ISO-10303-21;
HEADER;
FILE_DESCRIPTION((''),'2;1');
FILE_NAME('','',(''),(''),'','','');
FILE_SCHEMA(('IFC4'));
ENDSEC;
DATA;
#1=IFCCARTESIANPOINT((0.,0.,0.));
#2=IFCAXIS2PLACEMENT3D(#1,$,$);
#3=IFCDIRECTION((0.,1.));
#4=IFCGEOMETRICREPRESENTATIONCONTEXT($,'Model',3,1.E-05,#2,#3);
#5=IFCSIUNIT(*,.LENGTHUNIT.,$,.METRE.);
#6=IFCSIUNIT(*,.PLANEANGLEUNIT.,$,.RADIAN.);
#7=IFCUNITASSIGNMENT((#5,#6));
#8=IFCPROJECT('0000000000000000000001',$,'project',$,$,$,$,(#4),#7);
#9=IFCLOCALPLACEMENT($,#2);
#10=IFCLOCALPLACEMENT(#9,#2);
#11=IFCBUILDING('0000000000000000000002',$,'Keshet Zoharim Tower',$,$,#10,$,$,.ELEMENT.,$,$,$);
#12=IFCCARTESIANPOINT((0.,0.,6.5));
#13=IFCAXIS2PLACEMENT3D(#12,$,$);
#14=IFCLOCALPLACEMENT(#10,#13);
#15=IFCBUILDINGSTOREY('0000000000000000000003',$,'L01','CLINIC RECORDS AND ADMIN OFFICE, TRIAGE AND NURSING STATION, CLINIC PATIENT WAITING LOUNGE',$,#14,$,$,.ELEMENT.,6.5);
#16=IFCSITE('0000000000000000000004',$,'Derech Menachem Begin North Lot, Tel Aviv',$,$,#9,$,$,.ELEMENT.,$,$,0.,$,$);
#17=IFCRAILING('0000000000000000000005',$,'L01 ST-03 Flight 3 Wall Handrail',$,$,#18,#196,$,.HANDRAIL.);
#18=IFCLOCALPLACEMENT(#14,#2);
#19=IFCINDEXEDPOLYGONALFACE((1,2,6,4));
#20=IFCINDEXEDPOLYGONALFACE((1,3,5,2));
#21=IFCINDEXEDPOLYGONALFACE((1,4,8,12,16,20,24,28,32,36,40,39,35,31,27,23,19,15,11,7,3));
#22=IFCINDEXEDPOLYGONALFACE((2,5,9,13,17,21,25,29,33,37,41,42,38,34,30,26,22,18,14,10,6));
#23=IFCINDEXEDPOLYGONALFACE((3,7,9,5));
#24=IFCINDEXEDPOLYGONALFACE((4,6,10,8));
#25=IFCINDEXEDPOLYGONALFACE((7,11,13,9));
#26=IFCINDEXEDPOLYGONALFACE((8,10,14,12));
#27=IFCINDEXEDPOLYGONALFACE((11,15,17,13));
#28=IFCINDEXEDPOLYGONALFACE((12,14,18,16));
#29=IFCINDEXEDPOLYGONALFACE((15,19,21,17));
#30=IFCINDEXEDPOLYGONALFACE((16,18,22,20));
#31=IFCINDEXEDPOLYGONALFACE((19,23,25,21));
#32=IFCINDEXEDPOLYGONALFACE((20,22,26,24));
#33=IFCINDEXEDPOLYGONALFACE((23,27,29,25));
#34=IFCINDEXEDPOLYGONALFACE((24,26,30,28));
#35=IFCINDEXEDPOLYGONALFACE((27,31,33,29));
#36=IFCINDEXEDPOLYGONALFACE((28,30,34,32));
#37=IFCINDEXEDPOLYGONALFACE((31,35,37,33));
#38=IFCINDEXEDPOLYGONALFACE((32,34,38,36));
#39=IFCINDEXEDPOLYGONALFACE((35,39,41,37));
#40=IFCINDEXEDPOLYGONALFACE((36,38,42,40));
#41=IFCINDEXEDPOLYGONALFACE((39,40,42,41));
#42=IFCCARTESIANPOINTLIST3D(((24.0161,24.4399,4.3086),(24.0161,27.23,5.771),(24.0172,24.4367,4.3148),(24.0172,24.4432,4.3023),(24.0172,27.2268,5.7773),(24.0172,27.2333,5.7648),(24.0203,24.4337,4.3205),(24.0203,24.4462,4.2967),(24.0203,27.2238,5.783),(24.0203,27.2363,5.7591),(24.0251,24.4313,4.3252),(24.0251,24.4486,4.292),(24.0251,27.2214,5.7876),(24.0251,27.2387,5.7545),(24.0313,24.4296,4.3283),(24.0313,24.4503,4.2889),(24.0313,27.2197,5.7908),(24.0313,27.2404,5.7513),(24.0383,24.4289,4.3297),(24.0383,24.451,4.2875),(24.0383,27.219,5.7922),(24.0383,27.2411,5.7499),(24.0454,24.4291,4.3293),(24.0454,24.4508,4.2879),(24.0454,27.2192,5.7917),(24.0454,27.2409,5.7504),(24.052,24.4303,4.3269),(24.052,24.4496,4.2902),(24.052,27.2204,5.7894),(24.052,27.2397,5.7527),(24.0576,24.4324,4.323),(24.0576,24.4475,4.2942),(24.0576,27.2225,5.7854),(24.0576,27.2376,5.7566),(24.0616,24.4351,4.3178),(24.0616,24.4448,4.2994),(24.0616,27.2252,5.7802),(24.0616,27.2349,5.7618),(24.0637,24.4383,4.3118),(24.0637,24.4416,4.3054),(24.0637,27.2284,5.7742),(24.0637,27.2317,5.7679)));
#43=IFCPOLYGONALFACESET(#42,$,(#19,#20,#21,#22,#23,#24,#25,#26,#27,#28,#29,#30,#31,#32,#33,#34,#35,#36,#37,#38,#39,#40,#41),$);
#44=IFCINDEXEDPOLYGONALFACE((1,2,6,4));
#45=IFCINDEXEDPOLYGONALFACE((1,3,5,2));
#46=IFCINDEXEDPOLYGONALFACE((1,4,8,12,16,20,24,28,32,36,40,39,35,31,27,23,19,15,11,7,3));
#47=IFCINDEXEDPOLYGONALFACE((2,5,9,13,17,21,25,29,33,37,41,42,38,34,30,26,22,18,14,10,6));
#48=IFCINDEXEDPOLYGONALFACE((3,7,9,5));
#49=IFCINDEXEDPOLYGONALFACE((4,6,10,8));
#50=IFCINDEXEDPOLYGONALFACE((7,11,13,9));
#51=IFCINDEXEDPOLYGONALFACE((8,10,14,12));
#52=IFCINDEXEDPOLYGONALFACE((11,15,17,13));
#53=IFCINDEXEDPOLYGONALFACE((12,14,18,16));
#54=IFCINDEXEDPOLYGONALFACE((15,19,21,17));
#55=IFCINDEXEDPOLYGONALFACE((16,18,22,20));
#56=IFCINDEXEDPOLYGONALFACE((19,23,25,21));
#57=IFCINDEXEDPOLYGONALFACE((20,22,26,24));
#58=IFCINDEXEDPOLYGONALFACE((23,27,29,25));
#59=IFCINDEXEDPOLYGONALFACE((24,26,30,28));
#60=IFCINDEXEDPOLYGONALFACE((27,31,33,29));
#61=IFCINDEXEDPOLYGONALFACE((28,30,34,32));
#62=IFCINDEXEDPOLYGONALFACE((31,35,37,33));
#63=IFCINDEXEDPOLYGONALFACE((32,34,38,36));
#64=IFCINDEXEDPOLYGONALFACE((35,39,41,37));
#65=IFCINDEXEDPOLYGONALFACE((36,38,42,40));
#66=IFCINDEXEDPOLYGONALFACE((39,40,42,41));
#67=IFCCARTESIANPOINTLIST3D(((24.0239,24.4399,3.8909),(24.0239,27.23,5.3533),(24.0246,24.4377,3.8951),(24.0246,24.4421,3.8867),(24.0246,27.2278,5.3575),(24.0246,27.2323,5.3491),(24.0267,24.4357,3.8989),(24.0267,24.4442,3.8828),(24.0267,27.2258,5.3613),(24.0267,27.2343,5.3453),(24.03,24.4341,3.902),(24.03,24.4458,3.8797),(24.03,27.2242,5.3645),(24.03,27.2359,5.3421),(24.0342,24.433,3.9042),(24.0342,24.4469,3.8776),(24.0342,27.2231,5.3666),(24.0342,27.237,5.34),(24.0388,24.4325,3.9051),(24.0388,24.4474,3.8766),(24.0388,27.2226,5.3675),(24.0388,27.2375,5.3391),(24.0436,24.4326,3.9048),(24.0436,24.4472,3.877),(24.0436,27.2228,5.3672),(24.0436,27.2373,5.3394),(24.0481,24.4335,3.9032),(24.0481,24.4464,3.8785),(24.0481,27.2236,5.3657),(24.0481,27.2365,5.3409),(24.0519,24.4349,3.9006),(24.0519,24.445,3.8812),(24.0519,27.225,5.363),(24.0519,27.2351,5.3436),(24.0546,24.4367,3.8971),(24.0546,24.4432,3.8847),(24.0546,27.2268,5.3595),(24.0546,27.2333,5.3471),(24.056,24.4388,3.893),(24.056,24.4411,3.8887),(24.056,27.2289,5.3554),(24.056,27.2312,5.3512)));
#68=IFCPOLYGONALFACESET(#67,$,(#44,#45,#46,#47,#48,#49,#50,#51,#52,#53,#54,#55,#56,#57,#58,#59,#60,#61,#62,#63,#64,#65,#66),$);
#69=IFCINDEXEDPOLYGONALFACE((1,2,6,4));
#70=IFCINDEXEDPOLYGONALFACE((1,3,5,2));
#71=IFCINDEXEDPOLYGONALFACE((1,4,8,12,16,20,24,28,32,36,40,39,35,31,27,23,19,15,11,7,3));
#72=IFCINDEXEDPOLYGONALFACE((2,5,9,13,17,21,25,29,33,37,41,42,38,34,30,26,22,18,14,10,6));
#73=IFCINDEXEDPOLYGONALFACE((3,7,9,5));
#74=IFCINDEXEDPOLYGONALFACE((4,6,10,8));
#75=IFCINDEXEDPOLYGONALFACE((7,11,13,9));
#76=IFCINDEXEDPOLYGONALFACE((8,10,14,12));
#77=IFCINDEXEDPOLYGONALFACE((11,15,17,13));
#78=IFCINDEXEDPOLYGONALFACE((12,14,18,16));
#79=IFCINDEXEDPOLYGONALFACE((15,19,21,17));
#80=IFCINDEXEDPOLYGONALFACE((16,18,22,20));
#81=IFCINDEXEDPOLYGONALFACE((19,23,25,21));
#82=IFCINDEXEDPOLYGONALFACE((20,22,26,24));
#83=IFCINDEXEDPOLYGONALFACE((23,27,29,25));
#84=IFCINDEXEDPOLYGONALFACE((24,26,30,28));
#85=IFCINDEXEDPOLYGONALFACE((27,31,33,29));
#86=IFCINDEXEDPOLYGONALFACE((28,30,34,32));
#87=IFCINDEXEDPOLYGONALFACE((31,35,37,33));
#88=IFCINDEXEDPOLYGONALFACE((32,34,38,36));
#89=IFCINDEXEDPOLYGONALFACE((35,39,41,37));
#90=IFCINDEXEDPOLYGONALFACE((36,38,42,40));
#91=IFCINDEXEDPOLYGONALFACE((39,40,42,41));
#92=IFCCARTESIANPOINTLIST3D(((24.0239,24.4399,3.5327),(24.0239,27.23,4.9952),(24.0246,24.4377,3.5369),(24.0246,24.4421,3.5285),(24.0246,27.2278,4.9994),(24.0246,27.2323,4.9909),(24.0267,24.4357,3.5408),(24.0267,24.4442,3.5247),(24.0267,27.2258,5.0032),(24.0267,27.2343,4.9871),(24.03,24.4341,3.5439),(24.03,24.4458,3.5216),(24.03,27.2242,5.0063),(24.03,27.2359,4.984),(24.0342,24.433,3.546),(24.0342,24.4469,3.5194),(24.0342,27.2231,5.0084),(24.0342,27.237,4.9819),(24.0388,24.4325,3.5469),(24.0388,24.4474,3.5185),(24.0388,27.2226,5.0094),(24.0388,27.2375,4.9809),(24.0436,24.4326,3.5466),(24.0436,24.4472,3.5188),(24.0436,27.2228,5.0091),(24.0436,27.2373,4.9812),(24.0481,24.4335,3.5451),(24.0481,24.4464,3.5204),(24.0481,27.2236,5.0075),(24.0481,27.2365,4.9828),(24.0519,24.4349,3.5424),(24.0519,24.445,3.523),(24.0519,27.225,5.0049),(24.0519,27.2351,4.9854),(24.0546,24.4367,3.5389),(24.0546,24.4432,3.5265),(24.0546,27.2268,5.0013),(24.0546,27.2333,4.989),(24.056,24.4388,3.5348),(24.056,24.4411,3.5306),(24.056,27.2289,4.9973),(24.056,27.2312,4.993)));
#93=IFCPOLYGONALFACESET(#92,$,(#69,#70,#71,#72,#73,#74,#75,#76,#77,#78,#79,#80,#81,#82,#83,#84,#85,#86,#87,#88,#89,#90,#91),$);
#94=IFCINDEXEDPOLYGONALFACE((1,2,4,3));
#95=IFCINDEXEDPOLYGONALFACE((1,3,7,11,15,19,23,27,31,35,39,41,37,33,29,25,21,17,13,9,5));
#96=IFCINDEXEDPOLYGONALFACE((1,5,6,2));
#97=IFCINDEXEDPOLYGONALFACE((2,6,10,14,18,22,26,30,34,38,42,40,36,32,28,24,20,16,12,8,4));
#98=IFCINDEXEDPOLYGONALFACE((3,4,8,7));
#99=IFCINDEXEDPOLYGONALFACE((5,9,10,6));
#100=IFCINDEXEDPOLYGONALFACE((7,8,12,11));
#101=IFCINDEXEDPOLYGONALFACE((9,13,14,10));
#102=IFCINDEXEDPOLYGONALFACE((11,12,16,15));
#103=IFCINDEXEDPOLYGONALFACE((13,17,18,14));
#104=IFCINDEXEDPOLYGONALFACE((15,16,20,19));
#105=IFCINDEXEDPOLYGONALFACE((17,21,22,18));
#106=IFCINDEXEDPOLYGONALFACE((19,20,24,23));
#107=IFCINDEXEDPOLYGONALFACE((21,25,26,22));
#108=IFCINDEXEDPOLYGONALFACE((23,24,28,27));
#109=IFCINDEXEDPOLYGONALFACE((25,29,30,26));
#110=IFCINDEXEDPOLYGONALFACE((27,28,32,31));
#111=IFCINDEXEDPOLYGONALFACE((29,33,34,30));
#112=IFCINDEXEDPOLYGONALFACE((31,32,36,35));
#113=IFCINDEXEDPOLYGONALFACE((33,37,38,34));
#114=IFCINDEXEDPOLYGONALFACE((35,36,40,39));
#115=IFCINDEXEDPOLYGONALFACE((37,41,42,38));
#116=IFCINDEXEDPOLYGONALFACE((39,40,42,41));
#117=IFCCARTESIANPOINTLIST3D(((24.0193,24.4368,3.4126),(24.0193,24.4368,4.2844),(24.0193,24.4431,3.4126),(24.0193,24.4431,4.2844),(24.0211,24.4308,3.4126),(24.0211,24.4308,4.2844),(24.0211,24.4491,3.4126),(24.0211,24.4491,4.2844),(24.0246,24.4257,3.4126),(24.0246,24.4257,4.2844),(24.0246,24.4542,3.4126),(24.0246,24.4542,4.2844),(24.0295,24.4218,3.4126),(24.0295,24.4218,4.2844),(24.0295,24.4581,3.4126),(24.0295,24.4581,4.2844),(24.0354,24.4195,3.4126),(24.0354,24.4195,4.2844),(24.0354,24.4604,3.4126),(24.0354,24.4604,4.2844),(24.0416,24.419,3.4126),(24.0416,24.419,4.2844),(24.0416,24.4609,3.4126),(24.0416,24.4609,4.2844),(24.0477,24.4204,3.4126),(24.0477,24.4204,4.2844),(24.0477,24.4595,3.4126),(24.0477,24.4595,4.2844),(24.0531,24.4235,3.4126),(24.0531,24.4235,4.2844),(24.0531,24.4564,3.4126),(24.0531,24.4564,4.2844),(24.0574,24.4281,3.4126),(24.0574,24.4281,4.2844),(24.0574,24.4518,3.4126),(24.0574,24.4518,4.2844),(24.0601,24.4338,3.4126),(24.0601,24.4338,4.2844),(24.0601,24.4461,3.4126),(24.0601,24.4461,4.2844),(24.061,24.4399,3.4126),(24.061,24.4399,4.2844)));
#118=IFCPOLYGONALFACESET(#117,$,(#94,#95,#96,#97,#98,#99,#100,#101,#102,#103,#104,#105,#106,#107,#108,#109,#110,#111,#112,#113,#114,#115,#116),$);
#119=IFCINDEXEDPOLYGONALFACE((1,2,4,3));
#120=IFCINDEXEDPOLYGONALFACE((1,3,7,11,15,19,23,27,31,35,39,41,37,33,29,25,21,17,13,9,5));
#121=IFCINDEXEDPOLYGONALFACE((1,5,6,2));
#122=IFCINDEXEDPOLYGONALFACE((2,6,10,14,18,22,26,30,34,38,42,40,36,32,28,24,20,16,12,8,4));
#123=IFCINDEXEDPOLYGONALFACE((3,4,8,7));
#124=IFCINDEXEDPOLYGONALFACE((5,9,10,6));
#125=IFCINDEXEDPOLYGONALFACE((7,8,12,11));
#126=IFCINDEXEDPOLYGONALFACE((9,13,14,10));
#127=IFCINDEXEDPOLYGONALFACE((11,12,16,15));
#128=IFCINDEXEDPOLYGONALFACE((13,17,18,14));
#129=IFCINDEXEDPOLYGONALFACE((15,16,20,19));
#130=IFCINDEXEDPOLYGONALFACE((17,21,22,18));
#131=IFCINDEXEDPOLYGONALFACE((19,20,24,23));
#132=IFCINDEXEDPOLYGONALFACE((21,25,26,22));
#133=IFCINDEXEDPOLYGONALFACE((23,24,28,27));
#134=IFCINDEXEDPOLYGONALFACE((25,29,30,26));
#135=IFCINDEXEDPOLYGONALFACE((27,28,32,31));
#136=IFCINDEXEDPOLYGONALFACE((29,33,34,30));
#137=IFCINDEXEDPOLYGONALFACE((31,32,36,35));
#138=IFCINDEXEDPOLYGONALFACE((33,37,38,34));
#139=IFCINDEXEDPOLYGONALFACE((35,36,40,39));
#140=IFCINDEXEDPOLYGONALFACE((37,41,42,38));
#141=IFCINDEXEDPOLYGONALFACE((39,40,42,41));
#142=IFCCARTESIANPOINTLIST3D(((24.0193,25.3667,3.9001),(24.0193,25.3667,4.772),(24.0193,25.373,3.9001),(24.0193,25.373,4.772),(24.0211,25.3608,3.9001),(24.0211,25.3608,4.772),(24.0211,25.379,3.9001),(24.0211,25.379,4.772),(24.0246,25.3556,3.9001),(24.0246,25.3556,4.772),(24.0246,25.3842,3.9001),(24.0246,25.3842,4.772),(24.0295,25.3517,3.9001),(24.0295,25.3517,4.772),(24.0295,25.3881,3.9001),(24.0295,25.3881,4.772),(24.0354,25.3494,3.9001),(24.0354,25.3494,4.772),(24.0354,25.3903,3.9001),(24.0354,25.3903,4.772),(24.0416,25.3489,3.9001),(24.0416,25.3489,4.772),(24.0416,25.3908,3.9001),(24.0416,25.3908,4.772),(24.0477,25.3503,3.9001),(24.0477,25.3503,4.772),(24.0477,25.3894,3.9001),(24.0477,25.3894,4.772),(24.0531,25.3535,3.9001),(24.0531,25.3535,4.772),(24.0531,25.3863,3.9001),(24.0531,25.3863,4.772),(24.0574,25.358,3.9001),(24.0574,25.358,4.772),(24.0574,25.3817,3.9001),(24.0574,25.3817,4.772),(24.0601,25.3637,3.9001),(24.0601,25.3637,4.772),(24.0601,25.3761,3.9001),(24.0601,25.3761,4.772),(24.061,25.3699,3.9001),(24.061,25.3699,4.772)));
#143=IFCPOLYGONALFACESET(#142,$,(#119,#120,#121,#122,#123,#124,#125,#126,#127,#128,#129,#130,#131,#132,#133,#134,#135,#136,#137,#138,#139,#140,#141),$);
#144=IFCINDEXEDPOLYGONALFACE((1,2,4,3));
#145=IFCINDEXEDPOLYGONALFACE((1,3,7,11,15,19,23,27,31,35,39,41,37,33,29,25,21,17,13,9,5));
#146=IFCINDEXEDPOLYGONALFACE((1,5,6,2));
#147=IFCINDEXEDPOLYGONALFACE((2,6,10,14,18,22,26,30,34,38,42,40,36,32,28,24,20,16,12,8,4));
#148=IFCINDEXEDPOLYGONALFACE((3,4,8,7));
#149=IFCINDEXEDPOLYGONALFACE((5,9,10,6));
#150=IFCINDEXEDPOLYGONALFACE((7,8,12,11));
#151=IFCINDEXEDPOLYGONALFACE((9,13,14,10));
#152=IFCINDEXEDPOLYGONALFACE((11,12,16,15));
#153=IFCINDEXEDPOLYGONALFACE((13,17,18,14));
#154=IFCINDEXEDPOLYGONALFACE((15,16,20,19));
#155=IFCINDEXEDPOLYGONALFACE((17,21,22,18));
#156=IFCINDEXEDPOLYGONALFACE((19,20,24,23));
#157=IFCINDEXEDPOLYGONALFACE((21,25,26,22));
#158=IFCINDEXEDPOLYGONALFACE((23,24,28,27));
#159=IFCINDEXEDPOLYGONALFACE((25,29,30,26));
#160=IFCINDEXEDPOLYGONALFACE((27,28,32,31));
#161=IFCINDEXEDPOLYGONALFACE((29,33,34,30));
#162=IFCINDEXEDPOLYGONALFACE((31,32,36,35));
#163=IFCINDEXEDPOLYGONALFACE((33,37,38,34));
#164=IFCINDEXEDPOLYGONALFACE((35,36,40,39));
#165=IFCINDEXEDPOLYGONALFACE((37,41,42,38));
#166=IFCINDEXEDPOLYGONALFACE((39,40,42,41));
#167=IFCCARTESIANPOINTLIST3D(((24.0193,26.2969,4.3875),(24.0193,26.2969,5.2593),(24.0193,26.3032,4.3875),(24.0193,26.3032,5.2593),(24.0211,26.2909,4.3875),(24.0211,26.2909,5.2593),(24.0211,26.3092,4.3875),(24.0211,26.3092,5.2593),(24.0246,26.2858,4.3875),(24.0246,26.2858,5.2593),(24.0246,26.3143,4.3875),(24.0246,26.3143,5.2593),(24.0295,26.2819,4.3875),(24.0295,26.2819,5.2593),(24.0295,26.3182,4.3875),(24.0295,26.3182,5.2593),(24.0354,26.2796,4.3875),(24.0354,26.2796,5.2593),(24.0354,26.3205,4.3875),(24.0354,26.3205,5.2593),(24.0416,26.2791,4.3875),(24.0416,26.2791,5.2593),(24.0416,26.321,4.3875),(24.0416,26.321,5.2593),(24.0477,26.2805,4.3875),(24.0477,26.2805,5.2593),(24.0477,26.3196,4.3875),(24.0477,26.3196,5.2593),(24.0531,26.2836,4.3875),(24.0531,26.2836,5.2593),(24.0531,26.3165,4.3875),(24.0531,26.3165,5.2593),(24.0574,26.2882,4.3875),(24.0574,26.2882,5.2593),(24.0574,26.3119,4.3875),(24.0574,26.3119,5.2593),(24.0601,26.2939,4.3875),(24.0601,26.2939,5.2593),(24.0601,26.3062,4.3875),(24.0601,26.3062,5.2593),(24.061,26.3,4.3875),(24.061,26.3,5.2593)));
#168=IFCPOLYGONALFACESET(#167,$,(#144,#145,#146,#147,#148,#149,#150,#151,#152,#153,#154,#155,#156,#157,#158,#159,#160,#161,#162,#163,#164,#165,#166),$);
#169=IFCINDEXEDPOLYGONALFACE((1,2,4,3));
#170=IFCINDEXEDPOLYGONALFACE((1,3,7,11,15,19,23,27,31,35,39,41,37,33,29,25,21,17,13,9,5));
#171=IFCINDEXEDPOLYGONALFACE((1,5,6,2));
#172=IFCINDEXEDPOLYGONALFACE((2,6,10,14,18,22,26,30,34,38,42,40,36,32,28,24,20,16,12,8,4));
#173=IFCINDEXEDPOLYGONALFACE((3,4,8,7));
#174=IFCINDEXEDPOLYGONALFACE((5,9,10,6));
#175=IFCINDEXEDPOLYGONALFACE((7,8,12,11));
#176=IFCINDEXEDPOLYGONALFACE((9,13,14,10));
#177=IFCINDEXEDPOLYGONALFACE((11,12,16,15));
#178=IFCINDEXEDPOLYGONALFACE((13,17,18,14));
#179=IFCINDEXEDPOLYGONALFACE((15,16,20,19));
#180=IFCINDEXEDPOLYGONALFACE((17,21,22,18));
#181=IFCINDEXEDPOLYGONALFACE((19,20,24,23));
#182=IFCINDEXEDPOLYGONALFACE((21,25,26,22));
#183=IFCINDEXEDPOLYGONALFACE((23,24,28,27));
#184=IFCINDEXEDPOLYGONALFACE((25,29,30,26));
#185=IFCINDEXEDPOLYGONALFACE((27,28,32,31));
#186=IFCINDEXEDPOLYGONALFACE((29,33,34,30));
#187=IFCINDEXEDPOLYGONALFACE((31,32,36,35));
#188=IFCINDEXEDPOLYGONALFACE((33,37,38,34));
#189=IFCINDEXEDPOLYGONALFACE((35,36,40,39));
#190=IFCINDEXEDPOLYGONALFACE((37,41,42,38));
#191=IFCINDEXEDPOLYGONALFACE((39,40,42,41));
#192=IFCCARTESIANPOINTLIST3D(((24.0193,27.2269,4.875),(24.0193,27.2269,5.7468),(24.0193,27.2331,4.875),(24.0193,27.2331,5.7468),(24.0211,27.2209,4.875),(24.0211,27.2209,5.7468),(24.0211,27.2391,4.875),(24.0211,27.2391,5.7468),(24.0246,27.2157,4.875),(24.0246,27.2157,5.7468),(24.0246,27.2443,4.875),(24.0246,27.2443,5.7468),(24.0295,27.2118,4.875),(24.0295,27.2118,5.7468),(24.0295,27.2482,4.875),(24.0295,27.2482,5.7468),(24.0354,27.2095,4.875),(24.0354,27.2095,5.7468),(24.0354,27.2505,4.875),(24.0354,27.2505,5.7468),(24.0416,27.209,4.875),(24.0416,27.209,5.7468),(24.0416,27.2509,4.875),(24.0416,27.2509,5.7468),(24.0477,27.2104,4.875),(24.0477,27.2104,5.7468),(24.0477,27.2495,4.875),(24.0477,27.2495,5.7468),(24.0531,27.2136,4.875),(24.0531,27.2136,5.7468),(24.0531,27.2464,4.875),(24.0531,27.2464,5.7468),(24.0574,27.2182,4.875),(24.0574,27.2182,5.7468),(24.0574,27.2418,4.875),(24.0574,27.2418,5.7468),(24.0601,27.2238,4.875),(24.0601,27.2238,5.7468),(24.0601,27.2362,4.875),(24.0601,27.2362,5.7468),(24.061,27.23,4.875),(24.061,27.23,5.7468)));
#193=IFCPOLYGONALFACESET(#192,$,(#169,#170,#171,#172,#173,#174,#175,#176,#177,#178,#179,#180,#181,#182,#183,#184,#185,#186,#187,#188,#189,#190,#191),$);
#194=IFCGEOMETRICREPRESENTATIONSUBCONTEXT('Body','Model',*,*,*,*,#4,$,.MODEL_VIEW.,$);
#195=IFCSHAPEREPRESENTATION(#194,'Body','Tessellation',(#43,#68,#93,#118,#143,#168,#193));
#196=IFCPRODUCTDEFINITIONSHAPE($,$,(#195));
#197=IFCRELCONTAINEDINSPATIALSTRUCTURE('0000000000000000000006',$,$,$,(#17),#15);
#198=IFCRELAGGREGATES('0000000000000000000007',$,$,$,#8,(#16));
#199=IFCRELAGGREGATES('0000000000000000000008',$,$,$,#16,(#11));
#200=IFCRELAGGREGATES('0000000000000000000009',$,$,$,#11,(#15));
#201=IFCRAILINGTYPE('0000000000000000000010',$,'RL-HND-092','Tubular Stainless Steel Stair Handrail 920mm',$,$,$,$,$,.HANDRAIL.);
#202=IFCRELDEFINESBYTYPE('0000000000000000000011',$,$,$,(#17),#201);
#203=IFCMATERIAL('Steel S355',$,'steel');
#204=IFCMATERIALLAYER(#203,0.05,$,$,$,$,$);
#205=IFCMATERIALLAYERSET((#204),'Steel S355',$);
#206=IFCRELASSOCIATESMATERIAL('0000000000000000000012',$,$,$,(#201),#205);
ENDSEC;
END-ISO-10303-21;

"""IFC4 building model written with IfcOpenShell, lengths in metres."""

from ifc_helpers import new_model, si_unit, direction, frame, origin, origin_2d, place, context, subcontext, project, spatial, circle, extrude, material, layer, layer_set, type_object, element, save


model = new_model("IFC4")

# Units and contexts
model_context = context("Model", 3, precision=1e-05, world=origin(), true_north=direction((0.0, 1.0)))
body_context = subcontext(model_context, "Body", "Model", "MODEL_VIEW")
ifc_project = project(units=[si_unit("LENGTHUNIT", "METRE"), si_unit("PLANEANGLEUNIT", "RADIAN")], contexts=[model_context])

# Site, building, storey
site_placement = place(None, origin())
site = spatial("IfcSite", under=ifc_project, at=site_placement, Name="Derech Menachem Begin North Lot, Tel Aviv", CompositionType="ELEMENT", RefElevation=0.0)
building_placement = place(site_placement, origin())
building = spatial("IfcBuilding", under=site, at=building_placement, Name="Keshet Zoharim Tower", CompositionType="ELEMENT")
storey_placement = place(building_placement, frame((0.0, 0.0, 6.5)))
storey = spatial("IfcBuildingStorey", under=building, at=storey_placement, Name="L01", Description="CLINIC RECORDS AND ADMIN OFFICE, TRIAGE AND NURSING STATION, CLINIC PATIENT WAITING LOUNGE", CompositionType="ELEMENT", Elevation=6.5)

# Railing
ifc_material_1 = material(Name="Steel S355", Category="steel")
ifc_layer_1 = layer(ifc_material_1, 0.05)
ifc_layer_set_1 = layer_set([ifc_layer_1], Name="Steel S355")
railing_type_1 = type_object("IfcRailingType", Name="RL-HND-092", Description="Tubular Stainless Steel Stair Handrail 920mm", PredefinedType="HANDRAIL", material=ifc_layer_set_1)
railing_1_placement = place(storey_placement, frame((24.04, 24.4399, 3.4126)))
element("IfcRailing", 1, at=railing_1_placement, inside=storey, type_object=railing_type_1, Name="L01 ST-03 Flight 3 Wall Handrail", PredefinedType="HANDRAIL", context=body_context, shape_type="SweptSolid", body=[
    extrude(circle(Radius=0.0239, at=origin_2d()), frame((0.0, 0.0, 0.896), z_axis=(0.0, 0.885707, 0.464244), x_axis=(-1.0, 0.0, 0.0)), (0.0, 0.0, 1.0), 3.1501),
    extrude(circle(Radius=0.0161, at=origin_2d()), frame((0.0, 0.0, 0.4783), z_axis=(0.0, 0.885707, 0.464244), x_axis=(-1.0, 0.0, 0.0)), (0.0, 0.0, 1.0), 3.1501),
    extrude(circle(Radius=0.0161, at=origin_2d()), frame((0.0, 0.0, 0.1201), z_axis=(0.0, 0.885707, 0.464244), x_axis=(-1.0, 0.0, 0.0)), (0.0, 0.0, 1.0), 3.1501),
    extrude(circle(Radius=0.021, at=origin_2d()), origin(), (0.0, 0.0, 1.0), 0.8718),
    extrude(circle(Radius=0.021, at=origin_2d()), frame((0.0, 0.9299, 0.4875)), (0.0, 0.0, 1.0), 0.8718),
    extrude(circle(Radius=0.021, at=origin_2d()), frame((0.0, 1.8601, 0.9749)), (0.0, 0.0, 1.0), 0.8718),
    extrude(circle(Radius=0.021, at=origin_2d()), frame((0.0, 2.79, 1.4624)), (0.0, 0.0, 1.0), 0.8718),
])

save(model, "model.ifc")
